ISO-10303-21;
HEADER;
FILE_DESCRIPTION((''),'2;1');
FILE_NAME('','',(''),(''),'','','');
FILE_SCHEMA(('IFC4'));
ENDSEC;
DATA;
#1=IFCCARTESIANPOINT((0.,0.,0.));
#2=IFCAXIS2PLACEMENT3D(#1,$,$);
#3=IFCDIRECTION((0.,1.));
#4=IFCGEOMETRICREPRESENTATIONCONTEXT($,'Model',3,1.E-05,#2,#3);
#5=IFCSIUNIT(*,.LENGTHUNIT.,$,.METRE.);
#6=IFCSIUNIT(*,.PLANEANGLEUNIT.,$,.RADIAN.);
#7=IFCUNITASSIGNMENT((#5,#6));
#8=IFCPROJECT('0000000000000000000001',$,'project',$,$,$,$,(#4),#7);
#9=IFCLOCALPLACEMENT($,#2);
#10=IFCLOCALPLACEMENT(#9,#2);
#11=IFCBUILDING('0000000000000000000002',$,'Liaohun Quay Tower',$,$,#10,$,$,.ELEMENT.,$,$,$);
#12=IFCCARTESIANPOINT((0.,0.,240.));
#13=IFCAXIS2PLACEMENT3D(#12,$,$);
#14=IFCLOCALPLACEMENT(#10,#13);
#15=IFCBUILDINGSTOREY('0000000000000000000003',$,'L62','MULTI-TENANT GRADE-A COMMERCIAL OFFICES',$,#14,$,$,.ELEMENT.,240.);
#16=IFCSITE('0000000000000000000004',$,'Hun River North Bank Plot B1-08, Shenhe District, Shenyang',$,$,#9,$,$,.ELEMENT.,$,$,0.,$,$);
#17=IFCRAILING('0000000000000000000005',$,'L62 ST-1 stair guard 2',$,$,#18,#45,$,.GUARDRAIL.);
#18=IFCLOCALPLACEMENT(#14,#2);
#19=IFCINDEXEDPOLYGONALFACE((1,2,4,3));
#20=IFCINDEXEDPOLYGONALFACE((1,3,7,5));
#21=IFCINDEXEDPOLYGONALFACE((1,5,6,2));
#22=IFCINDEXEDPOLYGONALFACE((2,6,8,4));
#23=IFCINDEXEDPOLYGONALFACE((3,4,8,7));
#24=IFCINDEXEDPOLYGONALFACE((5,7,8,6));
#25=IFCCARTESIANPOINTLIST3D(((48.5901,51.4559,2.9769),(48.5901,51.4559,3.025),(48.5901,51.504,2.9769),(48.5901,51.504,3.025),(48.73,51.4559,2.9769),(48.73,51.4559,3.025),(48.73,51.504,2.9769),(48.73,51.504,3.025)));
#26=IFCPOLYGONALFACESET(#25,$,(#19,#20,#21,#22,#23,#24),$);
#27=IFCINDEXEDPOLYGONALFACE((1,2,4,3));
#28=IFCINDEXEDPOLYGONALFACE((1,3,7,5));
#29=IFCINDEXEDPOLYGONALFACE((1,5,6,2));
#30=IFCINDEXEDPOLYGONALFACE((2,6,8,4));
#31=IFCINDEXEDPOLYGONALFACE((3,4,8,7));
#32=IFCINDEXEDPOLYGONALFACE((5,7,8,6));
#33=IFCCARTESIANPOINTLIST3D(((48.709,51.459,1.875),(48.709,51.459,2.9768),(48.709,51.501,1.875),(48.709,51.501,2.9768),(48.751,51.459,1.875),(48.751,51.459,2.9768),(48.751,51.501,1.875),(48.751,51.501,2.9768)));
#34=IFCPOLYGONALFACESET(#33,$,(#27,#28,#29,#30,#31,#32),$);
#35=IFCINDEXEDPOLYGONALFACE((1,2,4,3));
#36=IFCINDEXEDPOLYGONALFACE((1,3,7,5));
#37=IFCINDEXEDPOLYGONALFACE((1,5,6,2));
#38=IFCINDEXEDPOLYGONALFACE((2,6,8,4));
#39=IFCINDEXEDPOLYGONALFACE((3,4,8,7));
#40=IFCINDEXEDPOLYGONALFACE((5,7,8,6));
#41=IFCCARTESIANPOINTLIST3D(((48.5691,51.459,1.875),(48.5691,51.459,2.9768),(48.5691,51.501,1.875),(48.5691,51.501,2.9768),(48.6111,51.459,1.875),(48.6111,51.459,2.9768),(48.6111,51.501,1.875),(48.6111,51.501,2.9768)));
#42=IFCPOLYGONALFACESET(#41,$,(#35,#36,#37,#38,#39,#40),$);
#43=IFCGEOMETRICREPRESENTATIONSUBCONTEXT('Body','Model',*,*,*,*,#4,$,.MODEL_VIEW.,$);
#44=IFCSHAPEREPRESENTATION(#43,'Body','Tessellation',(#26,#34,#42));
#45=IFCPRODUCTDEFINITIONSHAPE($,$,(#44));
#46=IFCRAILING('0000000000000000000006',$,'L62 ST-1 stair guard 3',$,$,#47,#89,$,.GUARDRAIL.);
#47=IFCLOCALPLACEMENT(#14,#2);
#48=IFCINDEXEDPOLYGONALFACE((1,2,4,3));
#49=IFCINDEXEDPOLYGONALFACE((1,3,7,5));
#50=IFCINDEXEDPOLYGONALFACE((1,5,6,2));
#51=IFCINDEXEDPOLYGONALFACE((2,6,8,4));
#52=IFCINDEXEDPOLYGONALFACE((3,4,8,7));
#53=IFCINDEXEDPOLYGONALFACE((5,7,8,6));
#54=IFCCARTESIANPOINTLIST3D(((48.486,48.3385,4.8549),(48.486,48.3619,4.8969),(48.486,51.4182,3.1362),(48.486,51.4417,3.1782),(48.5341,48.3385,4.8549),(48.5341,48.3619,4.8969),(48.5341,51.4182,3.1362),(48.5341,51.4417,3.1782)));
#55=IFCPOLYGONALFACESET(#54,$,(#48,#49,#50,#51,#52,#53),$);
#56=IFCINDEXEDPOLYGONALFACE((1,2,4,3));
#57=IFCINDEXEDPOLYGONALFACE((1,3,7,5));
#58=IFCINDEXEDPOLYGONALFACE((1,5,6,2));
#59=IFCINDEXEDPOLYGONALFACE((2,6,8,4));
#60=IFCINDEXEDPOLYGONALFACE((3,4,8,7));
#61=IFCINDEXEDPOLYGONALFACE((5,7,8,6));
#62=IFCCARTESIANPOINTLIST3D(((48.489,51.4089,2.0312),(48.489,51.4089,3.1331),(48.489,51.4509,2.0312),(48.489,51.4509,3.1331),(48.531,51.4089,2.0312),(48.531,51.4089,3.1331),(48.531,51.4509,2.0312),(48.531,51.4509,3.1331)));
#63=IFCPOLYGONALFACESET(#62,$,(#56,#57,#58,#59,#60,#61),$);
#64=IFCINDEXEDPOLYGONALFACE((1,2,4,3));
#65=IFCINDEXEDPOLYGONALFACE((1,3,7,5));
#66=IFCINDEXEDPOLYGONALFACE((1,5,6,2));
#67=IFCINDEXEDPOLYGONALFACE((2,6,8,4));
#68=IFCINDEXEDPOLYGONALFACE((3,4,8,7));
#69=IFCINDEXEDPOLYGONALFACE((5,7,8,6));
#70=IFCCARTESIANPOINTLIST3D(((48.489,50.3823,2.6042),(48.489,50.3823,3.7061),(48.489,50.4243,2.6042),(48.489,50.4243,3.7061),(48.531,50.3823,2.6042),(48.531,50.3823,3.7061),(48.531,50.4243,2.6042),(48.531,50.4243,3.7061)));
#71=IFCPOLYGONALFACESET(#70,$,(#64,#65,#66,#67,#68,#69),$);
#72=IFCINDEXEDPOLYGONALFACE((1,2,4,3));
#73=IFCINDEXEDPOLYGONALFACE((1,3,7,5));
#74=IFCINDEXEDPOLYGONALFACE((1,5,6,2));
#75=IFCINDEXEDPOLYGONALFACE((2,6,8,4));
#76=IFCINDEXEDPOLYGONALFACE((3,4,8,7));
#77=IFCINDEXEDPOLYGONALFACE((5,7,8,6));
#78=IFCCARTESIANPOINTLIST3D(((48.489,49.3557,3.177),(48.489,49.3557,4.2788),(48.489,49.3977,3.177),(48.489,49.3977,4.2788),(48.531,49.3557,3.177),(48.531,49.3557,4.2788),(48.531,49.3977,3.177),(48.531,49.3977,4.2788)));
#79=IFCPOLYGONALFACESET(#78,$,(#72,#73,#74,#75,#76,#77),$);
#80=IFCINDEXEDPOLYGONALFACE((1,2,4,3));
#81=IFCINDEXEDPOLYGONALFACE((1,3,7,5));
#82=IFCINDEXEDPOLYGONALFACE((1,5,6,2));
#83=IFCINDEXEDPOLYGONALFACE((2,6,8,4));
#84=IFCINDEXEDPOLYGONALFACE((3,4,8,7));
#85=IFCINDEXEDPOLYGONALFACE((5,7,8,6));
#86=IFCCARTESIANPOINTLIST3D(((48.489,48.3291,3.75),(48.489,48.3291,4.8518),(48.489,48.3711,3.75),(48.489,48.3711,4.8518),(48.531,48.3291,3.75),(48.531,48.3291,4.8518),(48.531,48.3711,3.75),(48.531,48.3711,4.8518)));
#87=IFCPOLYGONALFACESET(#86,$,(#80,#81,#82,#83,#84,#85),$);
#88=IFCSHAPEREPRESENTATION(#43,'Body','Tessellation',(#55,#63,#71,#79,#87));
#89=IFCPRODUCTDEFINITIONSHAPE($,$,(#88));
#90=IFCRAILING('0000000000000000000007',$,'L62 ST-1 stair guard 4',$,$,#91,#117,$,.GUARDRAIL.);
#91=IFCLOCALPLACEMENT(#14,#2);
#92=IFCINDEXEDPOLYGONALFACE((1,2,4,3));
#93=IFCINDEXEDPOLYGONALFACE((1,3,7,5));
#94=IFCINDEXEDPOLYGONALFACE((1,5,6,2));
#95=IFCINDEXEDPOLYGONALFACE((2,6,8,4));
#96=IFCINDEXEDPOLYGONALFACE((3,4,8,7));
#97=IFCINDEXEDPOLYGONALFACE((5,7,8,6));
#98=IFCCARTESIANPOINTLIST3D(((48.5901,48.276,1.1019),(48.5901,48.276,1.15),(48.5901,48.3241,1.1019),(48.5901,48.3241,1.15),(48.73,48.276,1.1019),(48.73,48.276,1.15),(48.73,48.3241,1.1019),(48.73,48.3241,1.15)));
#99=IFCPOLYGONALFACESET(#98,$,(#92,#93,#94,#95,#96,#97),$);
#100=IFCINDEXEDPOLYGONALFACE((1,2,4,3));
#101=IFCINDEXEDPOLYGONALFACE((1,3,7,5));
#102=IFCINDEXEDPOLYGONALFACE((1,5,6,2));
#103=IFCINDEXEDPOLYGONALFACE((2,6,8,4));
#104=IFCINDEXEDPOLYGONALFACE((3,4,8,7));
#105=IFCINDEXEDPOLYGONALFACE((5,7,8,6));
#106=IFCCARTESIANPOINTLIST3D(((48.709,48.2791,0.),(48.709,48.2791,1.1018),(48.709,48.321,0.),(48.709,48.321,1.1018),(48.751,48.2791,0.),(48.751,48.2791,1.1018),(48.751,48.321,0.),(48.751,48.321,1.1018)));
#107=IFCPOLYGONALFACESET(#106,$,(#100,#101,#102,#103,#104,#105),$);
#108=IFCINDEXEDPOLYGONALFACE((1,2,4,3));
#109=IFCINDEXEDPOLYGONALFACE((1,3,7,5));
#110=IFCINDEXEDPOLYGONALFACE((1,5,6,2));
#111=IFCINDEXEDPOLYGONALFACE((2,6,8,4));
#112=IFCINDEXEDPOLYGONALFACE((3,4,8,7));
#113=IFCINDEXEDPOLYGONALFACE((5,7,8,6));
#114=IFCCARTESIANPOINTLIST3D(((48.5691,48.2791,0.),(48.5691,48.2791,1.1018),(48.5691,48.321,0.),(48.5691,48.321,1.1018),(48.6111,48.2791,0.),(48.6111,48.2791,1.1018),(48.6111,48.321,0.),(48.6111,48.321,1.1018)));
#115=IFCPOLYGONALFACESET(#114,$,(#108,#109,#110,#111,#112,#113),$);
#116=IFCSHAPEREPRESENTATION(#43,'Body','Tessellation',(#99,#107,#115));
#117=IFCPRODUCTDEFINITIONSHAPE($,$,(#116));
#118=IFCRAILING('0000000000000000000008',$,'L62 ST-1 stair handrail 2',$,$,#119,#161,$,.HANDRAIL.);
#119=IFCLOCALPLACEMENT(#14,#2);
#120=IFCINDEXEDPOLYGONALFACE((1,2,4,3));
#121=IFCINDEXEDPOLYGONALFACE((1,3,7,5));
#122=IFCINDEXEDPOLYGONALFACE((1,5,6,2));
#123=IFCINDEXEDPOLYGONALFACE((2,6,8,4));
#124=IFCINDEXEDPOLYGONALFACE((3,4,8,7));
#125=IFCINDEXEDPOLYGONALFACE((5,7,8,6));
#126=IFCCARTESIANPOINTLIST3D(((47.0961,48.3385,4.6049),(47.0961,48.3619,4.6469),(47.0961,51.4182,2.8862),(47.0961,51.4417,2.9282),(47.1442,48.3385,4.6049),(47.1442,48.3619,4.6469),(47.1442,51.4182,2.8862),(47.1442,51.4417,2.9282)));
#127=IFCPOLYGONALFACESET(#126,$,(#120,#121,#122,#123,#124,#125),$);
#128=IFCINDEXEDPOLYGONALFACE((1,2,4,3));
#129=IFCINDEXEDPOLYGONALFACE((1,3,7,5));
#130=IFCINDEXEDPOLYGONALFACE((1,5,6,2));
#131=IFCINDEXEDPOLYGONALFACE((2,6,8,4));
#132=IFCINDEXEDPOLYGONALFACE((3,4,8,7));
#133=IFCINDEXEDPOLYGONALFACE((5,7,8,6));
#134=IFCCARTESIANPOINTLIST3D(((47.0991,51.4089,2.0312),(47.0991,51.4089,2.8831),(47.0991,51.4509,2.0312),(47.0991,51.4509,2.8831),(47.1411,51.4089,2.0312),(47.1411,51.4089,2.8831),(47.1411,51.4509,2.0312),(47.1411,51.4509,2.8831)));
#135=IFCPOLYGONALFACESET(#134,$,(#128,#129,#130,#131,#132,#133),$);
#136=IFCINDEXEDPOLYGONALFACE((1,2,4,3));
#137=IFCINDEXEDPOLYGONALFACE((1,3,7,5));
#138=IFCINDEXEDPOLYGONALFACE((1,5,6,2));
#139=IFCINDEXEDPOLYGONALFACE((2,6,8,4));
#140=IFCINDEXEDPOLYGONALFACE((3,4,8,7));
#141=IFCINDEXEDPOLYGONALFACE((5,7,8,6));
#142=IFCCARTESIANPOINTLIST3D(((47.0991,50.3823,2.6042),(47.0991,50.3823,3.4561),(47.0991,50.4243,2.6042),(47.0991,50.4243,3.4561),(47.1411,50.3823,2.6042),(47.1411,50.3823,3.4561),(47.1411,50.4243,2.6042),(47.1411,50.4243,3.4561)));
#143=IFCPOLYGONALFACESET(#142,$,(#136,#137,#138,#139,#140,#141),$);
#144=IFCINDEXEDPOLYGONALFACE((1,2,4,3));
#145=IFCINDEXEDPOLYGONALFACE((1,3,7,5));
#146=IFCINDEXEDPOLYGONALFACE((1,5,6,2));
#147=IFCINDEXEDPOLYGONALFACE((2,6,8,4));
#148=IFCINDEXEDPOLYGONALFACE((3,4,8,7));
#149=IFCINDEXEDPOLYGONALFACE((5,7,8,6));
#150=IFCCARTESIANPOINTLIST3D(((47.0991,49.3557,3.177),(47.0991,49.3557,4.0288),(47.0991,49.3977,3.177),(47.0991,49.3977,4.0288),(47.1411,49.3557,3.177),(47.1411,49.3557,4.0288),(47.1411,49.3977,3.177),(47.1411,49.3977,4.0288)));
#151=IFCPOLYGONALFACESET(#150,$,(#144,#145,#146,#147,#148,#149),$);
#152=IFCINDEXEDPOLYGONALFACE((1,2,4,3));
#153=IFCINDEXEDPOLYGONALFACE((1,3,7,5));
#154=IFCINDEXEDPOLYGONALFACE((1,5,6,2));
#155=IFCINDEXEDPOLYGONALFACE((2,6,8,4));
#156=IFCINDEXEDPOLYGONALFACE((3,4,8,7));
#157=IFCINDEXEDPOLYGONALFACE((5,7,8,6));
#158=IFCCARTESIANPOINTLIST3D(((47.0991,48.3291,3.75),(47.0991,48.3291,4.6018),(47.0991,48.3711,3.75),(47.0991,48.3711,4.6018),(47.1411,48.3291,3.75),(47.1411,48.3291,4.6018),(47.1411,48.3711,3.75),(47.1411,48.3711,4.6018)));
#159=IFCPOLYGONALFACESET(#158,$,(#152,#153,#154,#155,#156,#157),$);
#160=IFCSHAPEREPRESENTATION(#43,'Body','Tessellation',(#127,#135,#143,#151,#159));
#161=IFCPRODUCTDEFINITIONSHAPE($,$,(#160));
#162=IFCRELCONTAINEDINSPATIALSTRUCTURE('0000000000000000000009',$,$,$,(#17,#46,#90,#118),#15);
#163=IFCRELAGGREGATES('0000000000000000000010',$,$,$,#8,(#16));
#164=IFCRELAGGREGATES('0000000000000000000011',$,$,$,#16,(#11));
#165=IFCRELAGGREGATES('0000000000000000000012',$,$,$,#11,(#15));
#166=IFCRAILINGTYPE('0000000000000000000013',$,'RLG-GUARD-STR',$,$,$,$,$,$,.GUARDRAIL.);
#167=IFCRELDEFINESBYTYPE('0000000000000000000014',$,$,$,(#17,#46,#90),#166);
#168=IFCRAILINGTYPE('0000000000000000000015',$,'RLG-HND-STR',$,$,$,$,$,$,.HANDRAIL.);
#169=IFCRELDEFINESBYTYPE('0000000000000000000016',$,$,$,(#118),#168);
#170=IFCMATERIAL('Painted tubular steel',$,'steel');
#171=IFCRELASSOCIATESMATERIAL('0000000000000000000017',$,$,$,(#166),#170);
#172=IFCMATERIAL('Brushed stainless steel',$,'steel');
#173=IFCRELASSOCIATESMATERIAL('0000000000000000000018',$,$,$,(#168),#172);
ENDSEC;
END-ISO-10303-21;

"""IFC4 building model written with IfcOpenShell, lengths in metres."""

from ifc_helpers import new_model, si_unit, direction, frame, origin, origin_2d, place, context, subcontext, project, spatial, rectangle, extrude, material, type_object, element, save


model = new_model("IFC4")

# Units and contexts
model_context = context("Model", 3, precision=1e-05, world=origin(), true_north=direction((0.0, 1.0)))
body_context = subcontext(model_context, "Body", "Model", "MODEL_VIEW")
ifc_project = project(units=[si_unit("LENGTHUNIT", "METRE"), si_unit("PLANEANGLEUNIT", "RADIAN")], contexts=[model_context])

# Site, building, storey
site_placement = place(None, origin())
site = spatial("IfcSite", under=ifc_project, at=site_placement, Name="Hun River North Bank Plot B1-08, Shenhe District, Shenyang", CompositionType="ELEMENT", RefElevation=0.0)
building_placement = place(site_placement, origin())
building = spatial("IfcBuilding", under=site, at=building_placement, Name="Liaohun Quay Tower", CompositionType="ELEMENT")
storey_placement = place(building_placement, frame((0.0, 0.0, 240.0)))
storey = spatial("IfcBuildingStorey", under=building, at=storey_placement, Name="L62", Description="MULTI-TENANT GRADE-A COMMERCIAL OFFICES", CompositionType="ELEMENT", Elevation=240.0)

# Railings
ifc_material_1 = material(Name="Painted tubular steel", Category="steel")
railing_type_1 = type_object("IfcRailingType", Name="RLG-GUARD-STR", PredefinedType="GUARDRAIL", material=ifc_material_1)
railing_1_placement = place(storey_placement, frame((48.73, 51.48, 1.875)))
element("IfcRailing", 1, at=railing_1_placement, inside=storey, type_object=railing_type_1, Name="L62 ST-1 stair guard 2", PredefinedType="GUARDRAIL", context=body_context, shape_type="SweptSolid", body=[
    extrude(rectangle(XDim=0.0481, YDim=0.0481, at=origin_2d()), frame((0.0, 0.0, 1.126), z_axis=(-1.0, 0.0, 0.0), x_axis=(0.0, -1.0, 0.0)), (0.0, 0.0, 1.0), 0.1399),
    extrude(rectangle(XDim=0.042, YDim=0.042, at=origin_2d()), origin(), (0.0, 0.0, 1.0), 1.1018),
    extrude(rectangle(XDim=0.042, YDim=0.042, at=origin_2d()), frame((-0.1399, 0.0, 0.0)), (0.0, 0.0, 1.0), 1.1018),
])
railing_2_placement = place(storey_placement, frame((48.51, 51.4299, 2.0312)))
element("IfcRailing", 2, at=railing_2_placement, inside=storey, type_object=railing_type_1, Name="L62 ST-1 stair guard 3", PredefinedType="GUARDRAIL", context=body_context, shape_type="SweptSolid", body=[
    extrude(rectangle(XDim=0.0481, YDim=0.0481, at=origin_2d()), frame((0.0, 0.0, 1.126), z_axis=(0.0, -0.873225, 0.487317), x_axis=(1.0, 0.0, 0.0)), (0.0, 0.0, 1.0), 3.5269),
    extrude(rectangle(XDim=0.042, YDim=0.042, at=origin_2d()), origin(), (0.0, 0.0, 1.0), 1.1018),
    extrude(rectangle(XDim=0.042, YDim=0.042, at=origin_2d()), frame((0.0, -1.0266, 0.573)), (0.0, 0.0, 1.0), 1.1018),
    extrude(rectangle(XDim=0.042, YDim=0.042, at=origin_2d()), frame((0.0, -2.0532, 1.1458)), (0.0, 0.0, 1.0), 1.1018),
    extrude(rectangle(XDim=0.042, YDim=0.042, at=origin_2d()), frame((0.0, -3.0798, 1.7188)), (0.0, 0.0, 1.0), 1.1018),
])
railing_3_placement = place(storey_placement, frame((48.73, 48.3, 0.0)))
element("IfcRailing", 3, at=railing_3_placement, inside=storey, type_object=railing_type_1, Name="L62 ST-1 stair guard 4", PredefinedType="GUARDRAIL", context=body_context, shape_type="SweptSolid", body=[
    extrude(rectangle(XDim=0.0481, YDim=0.0481, at=origin_2d()), frame((0.0, 0.0, 1.126), z_axis=(-1.0, 0.0, 0.0), x_axis=(0.0, -1.0, 0.0)), (0.0, 0.0, 1.0), 0.1399),
    extrude(rectangle(XDim=0.042, YDim=0.042, at=origin_2d()), origin(), (0.0, 0.0, 1.0), 1.1018),
    extrude(rectangle(XDim=0.042, YDim=0.042, at=origin_2d()), frame((-0.1399, 0.0, 0.0)), (0.0, 0.0, 1.0), 1.1018),
])
ifc_material_2 = material(Name="Brushed stainless steel", Category="steel")
railing_type_2 = type_object("IfcRailingType", Name="RLG-HND-STR", PredefinedType="HANDRAIL", material=ifc_material_2)
railing_4_placement = place(storey_placement, frame((47.1201, 51.4299, 2.0312)))
element("IfcRailing", 4, at=railing_4_placement, inside=storey, type_object=railing_type_2, Name="L62 ST-1 stair handrail 2", PredefinedType="HANDRAIL", context=body_context, shape_type="SweptSolid", body=[
    extrude(rectangle(XDim=0.0481, YDim=0.0481, at=origin_2d()), frame((0.0, 0.0, 0.876), z_axis=(0.0, -0.873225, 0.487317), x_axis=(1.0, 0.0, 0.0)), (0.0, 0.0, 1.0), 3.5269),
    extrude(rectangle(XDim=0.042, YDim=0.042, at=origin_2d()), origin(), (0.0, 0.0, 1.0), 0.8518),
    extrude(rectangle(XDim=0.042, YDim=0.042, at=origin_2d()), frame((0.0, -1.0266, 0.573)), (0.0, 0.0, 1.0), 0.8518),
    extrude(rectangle(XDim=0.042, YDim=0.042, at=origin_2d()), frame((0.0, -2.0532, 1.1458)), (0.0, 0.0, 1.0), 0.8518),
    extrude(rectangle(XDim=0.042, YDim=0.042, at=origin_2d()), frame((0.0, -3.0798, 1.7188)), (0.0, 0.0, 1.0), 0.8518),
])

save(model, "model.ifc")
